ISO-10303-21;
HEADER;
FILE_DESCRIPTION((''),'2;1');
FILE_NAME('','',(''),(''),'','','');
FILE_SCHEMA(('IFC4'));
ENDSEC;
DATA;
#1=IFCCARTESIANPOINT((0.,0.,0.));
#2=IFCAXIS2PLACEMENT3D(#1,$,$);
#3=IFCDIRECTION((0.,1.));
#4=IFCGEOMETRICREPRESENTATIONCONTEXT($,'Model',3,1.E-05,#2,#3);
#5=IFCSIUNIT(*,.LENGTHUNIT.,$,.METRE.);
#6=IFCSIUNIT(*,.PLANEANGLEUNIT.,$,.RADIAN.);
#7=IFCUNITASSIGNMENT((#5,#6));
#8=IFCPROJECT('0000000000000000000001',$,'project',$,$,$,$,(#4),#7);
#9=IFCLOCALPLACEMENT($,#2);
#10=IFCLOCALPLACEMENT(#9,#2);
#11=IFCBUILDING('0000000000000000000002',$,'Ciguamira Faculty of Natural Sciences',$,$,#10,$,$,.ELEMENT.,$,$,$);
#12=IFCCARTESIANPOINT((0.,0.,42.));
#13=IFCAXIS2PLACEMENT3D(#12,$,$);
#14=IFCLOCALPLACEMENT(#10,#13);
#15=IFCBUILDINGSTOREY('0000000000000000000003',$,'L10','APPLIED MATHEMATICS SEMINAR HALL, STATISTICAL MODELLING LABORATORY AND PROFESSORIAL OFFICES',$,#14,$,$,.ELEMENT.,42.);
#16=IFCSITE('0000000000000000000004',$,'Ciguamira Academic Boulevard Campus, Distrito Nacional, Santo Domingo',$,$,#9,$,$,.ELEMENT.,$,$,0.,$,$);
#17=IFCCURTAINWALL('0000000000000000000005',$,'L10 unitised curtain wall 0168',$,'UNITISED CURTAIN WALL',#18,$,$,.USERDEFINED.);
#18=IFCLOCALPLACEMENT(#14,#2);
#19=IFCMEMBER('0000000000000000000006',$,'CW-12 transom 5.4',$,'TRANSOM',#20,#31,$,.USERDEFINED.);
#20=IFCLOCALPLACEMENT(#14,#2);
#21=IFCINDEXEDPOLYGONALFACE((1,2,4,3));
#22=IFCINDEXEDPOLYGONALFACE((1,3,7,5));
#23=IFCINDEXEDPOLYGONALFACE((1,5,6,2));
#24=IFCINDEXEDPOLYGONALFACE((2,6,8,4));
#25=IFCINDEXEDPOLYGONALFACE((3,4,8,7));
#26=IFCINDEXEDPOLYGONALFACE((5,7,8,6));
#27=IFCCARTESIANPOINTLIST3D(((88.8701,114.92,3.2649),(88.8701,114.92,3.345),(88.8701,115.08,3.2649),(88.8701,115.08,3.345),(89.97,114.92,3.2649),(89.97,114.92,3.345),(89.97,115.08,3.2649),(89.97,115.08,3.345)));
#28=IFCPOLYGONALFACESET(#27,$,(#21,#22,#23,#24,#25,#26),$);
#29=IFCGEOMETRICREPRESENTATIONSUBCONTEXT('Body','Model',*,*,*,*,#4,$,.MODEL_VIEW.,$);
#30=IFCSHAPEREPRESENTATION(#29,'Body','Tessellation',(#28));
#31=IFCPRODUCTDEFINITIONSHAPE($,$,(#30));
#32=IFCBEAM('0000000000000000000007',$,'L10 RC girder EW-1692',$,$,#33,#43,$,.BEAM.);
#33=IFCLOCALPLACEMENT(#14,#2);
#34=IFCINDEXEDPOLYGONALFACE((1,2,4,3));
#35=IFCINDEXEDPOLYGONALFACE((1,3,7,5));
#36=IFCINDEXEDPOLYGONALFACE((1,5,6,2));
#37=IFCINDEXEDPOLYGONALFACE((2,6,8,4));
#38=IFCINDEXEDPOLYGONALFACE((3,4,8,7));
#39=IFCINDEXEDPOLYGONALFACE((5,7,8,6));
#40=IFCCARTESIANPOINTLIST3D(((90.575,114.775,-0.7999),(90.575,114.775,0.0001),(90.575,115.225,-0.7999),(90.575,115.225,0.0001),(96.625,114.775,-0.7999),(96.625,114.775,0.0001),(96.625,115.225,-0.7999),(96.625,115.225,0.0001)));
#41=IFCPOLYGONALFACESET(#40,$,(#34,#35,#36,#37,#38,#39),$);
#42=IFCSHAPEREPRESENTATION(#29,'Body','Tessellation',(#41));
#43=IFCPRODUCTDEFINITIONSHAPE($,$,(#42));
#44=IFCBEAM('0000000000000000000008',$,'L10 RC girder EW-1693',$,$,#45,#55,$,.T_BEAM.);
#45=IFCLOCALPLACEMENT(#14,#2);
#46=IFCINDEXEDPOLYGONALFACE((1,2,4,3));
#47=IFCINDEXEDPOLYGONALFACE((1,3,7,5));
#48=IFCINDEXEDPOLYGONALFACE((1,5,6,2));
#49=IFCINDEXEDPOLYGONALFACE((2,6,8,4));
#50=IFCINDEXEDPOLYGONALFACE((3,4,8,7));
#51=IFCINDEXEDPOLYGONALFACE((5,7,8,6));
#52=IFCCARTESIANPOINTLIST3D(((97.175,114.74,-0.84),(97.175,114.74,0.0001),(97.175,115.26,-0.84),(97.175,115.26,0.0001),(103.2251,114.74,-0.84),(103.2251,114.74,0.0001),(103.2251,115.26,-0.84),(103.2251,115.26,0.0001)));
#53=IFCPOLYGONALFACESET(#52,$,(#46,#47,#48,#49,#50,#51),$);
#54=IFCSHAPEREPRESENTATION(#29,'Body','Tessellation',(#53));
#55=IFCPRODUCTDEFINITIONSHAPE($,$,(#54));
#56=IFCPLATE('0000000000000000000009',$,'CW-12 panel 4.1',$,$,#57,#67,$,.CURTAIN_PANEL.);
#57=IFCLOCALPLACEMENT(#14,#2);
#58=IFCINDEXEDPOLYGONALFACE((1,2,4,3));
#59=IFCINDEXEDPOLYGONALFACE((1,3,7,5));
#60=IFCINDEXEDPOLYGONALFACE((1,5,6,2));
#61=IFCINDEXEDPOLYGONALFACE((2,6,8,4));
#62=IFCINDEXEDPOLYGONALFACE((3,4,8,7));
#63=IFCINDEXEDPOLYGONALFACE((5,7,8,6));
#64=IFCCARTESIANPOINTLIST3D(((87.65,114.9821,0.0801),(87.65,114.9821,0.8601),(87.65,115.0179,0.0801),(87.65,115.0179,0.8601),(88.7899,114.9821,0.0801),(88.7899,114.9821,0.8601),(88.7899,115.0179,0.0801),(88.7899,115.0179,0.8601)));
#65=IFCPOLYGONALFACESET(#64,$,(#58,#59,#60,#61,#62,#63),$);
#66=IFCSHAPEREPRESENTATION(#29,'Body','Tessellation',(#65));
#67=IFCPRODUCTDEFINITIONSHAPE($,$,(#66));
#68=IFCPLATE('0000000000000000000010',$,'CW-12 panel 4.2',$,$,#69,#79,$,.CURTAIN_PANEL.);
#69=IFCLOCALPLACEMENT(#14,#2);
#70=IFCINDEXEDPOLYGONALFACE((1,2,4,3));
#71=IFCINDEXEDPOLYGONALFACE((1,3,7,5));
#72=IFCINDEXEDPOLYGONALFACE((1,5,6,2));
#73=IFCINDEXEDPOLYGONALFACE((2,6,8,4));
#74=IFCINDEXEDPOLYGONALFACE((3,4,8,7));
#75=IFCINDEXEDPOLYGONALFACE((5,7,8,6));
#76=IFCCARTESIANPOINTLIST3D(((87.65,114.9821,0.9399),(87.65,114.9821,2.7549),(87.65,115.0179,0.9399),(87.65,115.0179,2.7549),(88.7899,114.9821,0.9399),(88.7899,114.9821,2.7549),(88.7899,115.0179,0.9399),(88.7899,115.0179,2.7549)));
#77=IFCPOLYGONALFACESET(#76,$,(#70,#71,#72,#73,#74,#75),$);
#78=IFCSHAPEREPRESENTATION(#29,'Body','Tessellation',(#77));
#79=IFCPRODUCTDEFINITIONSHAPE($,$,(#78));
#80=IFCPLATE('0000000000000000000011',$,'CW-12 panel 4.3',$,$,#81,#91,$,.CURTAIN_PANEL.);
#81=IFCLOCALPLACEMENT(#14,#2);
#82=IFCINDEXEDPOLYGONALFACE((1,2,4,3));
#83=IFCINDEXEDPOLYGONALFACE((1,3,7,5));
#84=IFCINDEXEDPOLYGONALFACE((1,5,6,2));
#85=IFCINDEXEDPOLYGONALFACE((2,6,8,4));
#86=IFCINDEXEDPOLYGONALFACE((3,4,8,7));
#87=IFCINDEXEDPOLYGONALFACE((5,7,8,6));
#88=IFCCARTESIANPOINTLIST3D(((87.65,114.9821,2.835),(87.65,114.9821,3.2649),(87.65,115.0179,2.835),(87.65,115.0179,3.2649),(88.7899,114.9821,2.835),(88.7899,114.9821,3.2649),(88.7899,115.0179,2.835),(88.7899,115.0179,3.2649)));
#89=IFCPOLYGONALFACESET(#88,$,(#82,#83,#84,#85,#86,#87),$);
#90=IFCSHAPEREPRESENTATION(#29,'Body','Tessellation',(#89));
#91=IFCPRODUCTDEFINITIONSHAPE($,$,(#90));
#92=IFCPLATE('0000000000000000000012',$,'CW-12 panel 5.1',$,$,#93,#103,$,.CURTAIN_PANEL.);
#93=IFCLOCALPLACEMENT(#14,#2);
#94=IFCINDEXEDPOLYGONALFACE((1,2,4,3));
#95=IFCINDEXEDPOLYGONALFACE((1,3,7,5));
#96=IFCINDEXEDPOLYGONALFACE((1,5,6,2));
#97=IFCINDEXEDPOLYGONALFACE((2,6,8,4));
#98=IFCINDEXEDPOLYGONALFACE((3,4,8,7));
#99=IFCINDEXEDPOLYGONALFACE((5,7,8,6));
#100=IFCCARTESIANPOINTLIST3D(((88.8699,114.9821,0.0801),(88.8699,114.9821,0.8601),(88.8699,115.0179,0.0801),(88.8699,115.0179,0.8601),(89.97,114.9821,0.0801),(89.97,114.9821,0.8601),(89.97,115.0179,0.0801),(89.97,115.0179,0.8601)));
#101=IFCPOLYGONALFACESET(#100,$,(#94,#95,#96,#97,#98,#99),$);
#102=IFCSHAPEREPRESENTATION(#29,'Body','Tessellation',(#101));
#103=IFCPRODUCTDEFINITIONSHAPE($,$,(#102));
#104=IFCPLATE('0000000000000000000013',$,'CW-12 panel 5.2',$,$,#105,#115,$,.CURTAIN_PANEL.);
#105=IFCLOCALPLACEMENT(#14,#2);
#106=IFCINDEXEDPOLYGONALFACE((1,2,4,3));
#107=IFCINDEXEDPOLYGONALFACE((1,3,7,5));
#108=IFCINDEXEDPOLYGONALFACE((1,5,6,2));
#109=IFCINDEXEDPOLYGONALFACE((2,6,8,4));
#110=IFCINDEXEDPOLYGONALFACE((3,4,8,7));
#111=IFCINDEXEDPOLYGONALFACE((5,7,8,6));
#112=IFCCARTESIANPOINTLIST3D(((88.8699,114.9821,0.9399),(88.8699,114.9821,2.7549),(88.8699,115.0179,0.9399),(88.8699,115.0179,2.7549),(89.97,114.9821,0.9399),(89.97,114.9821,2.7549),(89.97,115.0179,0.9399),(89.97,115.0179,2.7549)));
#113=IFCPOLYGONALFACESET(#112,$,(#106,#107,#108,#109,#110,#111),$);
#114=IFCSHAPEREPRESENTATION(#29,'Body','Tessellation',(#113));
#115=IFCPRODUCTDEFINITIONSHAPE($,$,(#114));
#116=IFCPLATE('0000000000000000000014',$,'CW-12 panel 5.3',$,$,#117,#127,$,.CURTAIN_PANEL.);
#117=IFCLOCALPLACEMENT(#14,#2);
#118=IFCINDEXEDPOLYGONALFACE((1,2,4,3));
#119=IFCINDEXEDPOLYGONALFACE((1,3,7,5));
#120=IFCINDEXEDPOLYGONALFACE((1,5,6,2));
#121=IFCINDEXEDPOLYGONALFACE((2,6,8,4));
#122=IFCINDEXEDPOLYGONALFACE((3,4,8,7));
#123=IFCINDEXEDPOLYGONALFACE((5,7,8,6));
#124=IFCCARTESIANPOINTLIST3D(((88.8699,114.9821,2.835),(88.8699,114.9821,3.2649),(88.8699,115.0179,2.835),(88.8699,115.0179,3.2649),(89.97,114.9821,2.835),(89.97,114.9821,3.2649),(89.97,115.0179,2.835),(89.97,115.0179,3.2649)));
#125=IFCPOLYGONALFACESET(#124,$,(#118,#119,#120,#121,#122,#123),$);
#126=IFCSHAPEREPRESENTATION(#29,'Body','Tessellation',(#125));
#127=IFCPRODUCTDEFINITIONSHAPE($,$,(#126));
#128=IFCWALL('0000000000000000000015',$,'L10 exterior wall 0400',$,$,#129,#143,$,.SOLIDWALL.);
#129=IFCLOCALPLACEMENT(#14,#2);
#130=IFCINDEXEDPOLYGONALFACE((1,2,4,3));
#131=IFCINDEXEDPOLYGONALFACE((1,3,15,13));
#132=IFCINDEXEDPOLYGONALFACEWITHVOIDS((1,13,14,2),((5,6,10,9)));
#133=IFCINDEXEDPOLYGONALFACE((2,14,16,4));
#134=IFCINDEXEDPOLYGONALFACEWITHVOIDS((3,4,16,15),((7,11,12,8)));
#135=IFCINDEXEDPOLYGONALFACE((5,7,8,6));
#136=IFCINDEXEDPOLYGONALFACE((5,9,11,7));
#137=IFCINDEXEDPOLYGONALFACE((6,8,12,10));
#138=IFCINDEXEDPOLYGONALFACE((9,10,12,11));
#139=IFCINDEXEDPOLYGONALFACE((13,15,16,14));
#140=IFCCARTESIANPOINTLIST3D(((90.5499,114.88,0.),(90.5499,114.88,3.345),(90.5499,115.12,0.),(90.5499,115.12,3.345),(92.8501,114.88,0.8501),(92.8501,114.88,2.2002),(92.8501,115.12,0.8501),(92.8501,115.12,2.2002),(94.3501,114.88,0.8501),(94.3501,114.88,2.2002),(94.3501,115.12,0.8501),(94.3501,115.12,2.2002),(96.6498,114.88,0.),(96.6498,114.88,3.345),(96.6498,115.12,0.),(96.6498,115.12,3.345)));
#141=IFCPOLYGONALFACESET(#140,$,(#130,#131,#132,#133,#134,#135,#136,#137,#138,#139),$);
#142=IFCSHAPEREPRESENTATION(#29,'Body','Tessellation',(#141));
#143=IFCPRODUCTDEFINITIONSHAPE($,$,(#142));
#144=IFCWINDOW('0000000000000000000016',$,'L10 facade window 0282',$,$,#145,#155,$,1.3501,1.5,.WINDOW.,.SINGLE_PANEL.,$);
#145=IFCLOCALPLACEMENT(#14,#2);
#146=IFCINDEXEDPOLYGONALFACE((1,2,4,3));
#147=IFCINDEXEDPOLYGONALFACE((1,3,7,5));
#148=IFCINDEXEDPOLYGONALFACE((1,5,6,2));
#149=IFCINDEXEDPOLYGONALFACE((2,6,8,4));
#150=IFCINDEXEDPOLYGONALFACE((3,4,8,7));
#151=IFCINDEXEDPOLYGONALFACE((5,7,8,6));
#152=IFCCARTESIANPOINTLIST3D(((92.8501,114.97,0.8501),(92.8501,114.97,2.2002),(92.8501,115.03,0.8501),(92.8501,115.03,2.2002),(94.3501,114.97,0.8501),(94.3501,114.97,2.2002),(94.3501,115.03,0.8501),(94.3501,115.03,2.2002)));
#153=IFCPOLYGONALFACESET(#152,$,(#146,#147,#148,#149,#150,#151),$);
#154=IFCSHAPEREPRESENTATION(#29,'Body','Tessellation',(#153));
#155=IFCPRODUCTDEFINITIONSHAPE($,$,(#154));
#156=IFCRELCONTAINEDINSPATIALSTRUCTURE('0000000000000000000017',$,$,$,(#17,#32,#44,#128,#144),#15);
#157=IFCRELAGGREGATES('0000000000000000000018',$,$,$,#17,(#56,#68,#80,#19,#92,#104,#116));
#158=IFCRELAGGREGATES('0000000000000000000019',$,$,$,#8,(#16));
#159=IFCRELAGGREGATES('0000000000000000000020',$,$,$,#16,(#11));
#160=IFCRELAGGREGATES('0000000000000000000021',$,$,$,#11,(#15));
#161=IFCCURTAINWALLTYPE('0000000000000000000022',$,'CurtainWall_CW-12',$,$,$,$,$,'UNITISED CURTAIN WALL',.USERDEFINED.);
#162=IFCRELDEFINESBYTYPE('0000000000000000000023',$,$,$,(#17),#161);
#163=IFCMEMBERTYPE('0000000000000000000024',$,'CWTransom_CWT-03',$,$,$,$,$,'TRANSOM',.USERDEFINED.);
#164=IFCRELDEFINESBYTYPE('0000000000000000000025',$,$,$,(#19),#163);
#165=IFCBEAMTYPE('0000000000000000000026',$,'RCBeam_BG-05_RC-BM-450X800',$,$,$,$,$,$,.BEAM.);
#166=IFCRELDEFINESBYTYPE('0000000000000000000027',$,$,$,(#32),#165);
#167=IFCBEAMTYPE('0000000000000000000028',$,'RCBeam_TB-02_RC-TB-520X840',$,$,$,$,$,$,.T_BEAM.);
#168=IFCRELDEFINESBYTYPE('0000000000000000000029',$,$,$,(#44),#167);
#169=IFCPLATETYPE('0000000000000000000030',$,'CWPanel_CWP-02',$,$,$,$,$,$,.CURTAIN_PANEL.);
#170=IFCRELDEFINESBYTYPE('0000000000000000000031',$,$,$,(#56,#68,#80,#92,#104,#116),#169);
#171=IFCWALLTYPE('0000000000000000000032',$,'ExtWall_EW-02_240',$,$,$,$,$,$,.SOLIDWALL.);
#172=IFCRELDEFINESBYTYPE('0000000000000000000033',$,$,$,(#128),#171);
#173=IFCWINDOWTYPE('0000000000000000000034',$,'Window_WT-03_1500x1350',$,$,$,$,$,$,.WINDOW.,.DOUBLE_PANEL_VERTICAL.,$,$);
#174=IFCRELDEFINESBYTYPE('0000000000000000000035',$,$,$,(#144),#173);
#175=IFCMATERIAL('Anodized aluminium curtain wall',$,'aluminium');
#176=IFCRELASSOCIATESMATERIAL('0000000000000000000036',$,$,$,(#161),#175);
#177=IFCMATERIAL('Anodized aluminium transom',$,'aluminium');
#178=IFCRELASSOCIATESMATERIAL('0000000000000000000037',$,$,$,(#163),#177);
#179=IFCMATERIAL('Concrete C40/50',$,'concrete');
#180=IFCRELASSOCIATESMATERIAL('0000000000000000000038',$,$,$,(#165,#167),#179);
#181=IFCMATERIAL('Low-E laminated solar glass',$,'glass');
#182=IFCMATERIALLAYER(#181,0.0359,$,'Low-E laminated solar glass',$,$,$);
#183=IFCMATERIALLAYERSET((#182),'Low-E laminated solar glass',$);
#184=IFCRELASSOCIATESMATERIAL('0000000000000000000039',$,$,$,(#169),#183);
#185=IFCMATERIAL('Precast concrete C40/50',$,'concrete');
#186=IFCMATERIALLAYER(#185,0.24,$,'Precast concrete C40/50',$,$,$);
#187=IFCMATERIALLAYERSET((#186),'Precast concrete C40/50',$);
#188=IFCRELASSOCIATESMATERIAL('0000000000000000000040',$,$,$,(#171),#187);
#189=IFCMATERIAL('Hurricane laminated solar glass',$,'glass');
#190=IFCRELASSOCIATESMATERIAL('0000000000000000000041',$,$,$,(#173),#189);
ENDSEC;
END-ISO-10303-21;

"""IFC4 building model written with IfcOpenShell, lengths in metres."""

from ifc_helpers import new_model, si_unit, direction, frame, frame_2d, origin, origin_2d, place, context, subcontext, project, spatial, rectangle, extrude, material, layer, layer_set, material_profile, profile_set, type_object, element, fill, aggregate, save


model = new_model("IFC4")

# Units and contexts
model_context = context("Model", 3, precision=1e-05, world=origin(), true_north=direction((0.0, 1.0)))
body_context = subcontext(model_context, "Body", "Model", "MODEL_VIEW")
ifc_project = project(units=[si_unit("LENGTHUNIT", "METRE"), si_unit("PLANEANGLEUNIT", "RADIAN")], contexts=[model_context])

# Site, building, storey
site_placement = place(None, origin())
site = spatial("IfcSite", under=ifc_project, at=site_placement, Name="Ciguamira Academic Boulevard Campus, Distrito Nacional, Santo Domingo", CompositionType="ELEMENT", RefElevation=0.0)
building_placement = place(site_placement, origin())
building = spatial("IfcBuilding", under=site, at=building_placement, Name="Ciguamira Faculty of Natural Sciences", CompositionType="ELEMENT")
storey_placement = place(building_placement, frame((0.0, 0.0, 42.0)))
storey = spatial("IfcBuildingStorey", under=building, at=storey_placement, Name="L10", Description="APPLIED MATHEMATICS SEMINAR HALL, STATISTICAL MODELLING LABORATORY AND PROFESSORIAL OFFICES", CompositionType="ELEMENT", Elevation=42.0)

# Shared definitions
ifc_material_1 = material(Name="Concrete C40/50", Category="concrete")

# Shared definitions
ifc_material_2 = material(Name="Anodized aluminium curtain wall", Category="aluminium")

# Curtain wall
curtain_wall_type_1 = type_object("IfcCurtainWallType", Name="CurtainWall_CW-12", ElementType="UNITISED CURTAIN WALL", PredefinedType="USERDEFINED", material=ifc_material_2)
curtain_wall_1_placement = place(storey_placement, origin())
curtain_wall_1 = element("IfcCurtainWall", 1, at=curtain_wall_1_placement, inside=storey, type_object=curtain_wall_type_1, Name="L10 unitised curtain wall 0168", ObjectType="UNITISED CURTAIN WALL", PredefinedType="USERDEFINED")

# Member
ifc_material_3 = material(Name="Anodized aluminium transom", Category="aluminium")
ifc_material_profile_1 = material_profile(ifc_material_3, rectangle(XDim=0.0801, YDim=0.1599, at=origin_2d()), Name="ALU-TRN-80X160")
ifc_profile_set_1 = profile_set([ifc_material_profile_1], Name="Anodized aluminium transom")
member_type_1 = type_object("IfcMemberType", Name="CWTransom_CWT-03", ElementType="TRANSOM", PredefinedType="USERDEFINED", material=ifc_profile_set_1)
member_1_placement = place(storey_placement, frame((88.8701, 115.0, 3.3049), z_axis=(1.0, 0.0, 0.0), x_axis=(0.0, 0.0, 1.0)))
member_1 = element("IfcMember", 2, at=member_1_placement, type_object=member_type_1, Name="CW-12 transom 5.4", ObjectType="TRANSOM", PredefinedType="USERDEFINED", context=body_context, shape_type="SweptSolid", body=[
    extrude(rectangle(XDim=0.0801, YDim=0.1599, at=origin_2d()), origin(), (0.0, 0.0, 1.0), 1.0999),
])

# Beams
ifc_material_profile_2 = material_profile(ifc_material_1, rectangle(XDim=0.45, YDim=0.8, at=origin_2d()), Name="RC-BM-450X800")
ifc_profile_set_2 = profile_set([ifc_material_profile_2], Name="Concrete C40/50")
beam_type_1 = type_object("IfcBeamType", Name="RCBeam_BG-05_RC-BM-450X800", PredefinedType="BEAM", material=ifc_profile_set_2)
beam_1_placement = place(storey_placement, frame((90.575, 115.0, -0.3999), z_axis=(1.0, 0.0, 0.0), x_axis=(0.0, 1.0, 0.0)))
element("IfcBeam", 3, at=beam_1_placement, inside=storey, type_object=beam_type_1, Name="L10 RC girder EW-1692", PredefinedType="BEAM", context=body_context, shape_type="SweptSolid", body=[
    extrude(rectangle(XDim=0.45, YDim=0.8, at=origin_2d()), origin(), (0.0, 0.0, 1.0), 6.05),
])
ifc_material_profile_3 = material_profile(ifc_material_1, rectangle(XDim=0.52, YDim=0.8401, at=origin_2d()), Name="RC-TB-520X840")
ifc_profile_set_3 = profile_set([ifc_material_profile_3], Name="Concrete C40/50")
beam_type_2 = type_object("IfcBeamType", Name="RCBeam_TB-02_RC-TB-520X840", PredefinedType="T_BEAM", material=ifc_profile_set_3)
beam_2_placement = place(storey_placement, frame((97.175, 115.0, -0.4199), z_axis=(1.0, 0.0, 0.0), x_axis=(0.0, 1.0, 0.0)))
element("IfcBeam", 4, at=beam_2_placement, inside=storey, type_object=beam_type_2, Name="L10 RC girder EW-1693", PredefinedType="T_BEAM", context=body_context, shape_type="SweptSolid", body=[
    extrude(rectangle(XDim=0.52, YDim=0.8401, at=origin_2d()), origin(), (0.0, 0.0, 1.0), 6.05),
])

# Plates
ifc_material_4 = material(Name="Low-E laminated solar glass", Category="glass")
ifc_layer_1 = layer(ifc_material_4, 0.0359, Name="Low-E laminated solar glass")
ifc_layer_set_1 = layer_set([ifc_layer_1], Name="Low-E laminated solar glass")
plate_type = type_object("IfcPlateType", Name="CWPanel_CWP-02", PredefinedType="CURTAIN_PANEL", material=ifc_layer_set_1)
plate_1_placement = place(storey_placement, frame((88.22, 115.0, 0.0801), z_axis=(0.0, 0.0, 1.0), x_axis=(1.0, 0.0, 0.0)))
plate_1 = element("IfcPlate", 5, at=plate_1_placement, type_object=plate_type, Name="CW-12 panel 4.1", PredefinedType="CURTAIN_PANEL", context=body_context, shape_type="SweptSolid", body=[
    extrude(rectangle(XDim=1.1399, YDim=0.0359, at=origin_2d()), origin(), (0.0, 0.0, 1.0), 0.78),
])
plate_2_placement = place(storey_placement, frame((88.22, 115.0, 0.9399), z_axis=(0.0, 0.0, 1.0), x_axis=(1.0, 0.0, 0.0)))
plate_2 = element("IfcPlate", 6, at=plate_2_placement, type_object=plate_type, Name="CW-12 panel 4.2", PredefinedType="CURTAIN_PANEL", context=body_context, shape_type="SweptSolid", body=[
    extrude(rectangle(XDim=1.1399, YDim=0.0359, at=origin_2d()), origin(), (0.0, 0.0, 1.0), 1.8149),
])
plate_3_placement = place(storey_placement, frame((88.22, 115.0, 2.835), z_axis=(0.0, 0.0, 1.0), x_axis=(1.0, 0.0, 0.0)))
plate_3 = element("IfcPlate", 7, at=plate_3_placement, type_object=plate_type, Name="CW-12 panel 4.3", PredefinedType="CURTAIN_PANEL", context=body_context, shape_type="SweptSolid", body=[
    extrude(rectangle(XDim=1.1399, YDim=0.0359, at=origin_2d()), origin(), (0.0, 0.0, 1.0), 0.4299),
])
plate_4_placement = place(storey_placement, frame((89.4199, 115.0, 0.0801), z_axis=(0.0, 0.0, 1.0), x_axis=(1.0, 0.0, 0.0)))
plate_4 = element("IfcPlate", 8, at=plate_4_placement, type_object=plate_type, Name="CW-12 panel 5.1", PredefinedType="CURTAIN_PANEL", context=body_context, shape_type="SweptSolid", body=[
    extrude(rectangle(XDim=1.1001, YDim=0.0359, at=origin_2d()), origin(), (0.0, 0.0, 1.0), 0.78),
])
plate_5_placement = place(storey_placement, frame((89.4199, 115.0, 0.9399), z_axis=(0.0, 0.0, 1.0), x_axis=(1.0, 0.0, 0.0)))
plate_5 = element("IfcPlate", 9, at=plate_5_placement, type_object=plate_type, Name="CW-12 panel 5.2", PredefinedType="CURTAIN_PANEL", context=body_context, shape_type="SweptSolid", body=[
    extrude(rectangle(XDim=1.1001, YDim=0.0359, at=origin_2d()), origin(), (0.0, 0.0, 1.0), 1.8149),
])
plate_6_placement = place(storey_placement, frame((89.4199, 115.0, 2.835), z_axis=(0.0, 0.0, 1.0), x_axis=(1.0, 0.0, 0.0)))
plate_6 = element("IfcPlate", 10, at=plate_6_placement, type_object=plate_type, Name="CW-12 panel 5.3", PredefinedType="CURTAIN_PANEL", context=body_context, shape_type="SweptSolid", body=[
    extrude(rectangle(XDim=1.1001, YDim=0.0359, at=origin_2d()), origin(), (0.0, 0.0, 1.0), 0.4299),
])
aggregate(curtain_wall_1, [plate_1, plate_2, plate_3, member_1, plate_4, plate_5, plate_6])

# Wall, opening, window
ifc_material_5 = material(Name="Precast concrete C40/50", Category="concrete")
ifc_layer_2 = layer(ifc_material_5, 0.24, Name="Precast concrete C40/50")
ifc_layer_set_2 = layer_set([ifc_layer_2], Name="Precast concrete C40/50")
wall_type = type_object("IfcWallType", Name="ExtWall_EW-02_240", PredefinedType="SOLIDWALL", material=ifc_layer_set_2)
wall_placement = place(storey_placement, frame((90.55, 115.0, 0.0), z_axis=(0.0, 0.0, 1.0), x_axis=(1.0, 0.0, 0.0)))
wall = element("IfcWall", 11, at=wall_placement, inside=storey, type_object=wall_type, Name="L10 exterior wall 0400", PredefinedType="SOLIDWALL", context=body_context, shape_type="SweptSolid", body=[
    extrude(rectangle(XDim=6.0999, YDim=0.24, at=frame_2d((3.0498, 0.0))), origin(), (0.0, 0.0, 1.0), 3.345),
])
opening_placement = place(wall_placement, frame((2.3, 0.0, 0.8501)))
opening = element("IfcOpeningElement", 12, at=opening_placement, cuts=wall, PredefinedType="OPENING", context=body_context, shape_type="SweptSolid", body=[
    extrude(rectangle(XDim=1.5, YDim=1.3501, at=frame_2d((0.75, 0.675))), frame((0.0, 0.1299, 0.0), z_axis=(0.0, -1.0, 0.0), x_axis=(1.0, 0.0, 0.0)), (0.0, 0.0, 1.0), 0.26),
])
ifc_material_6 = material(Name="Hurricane laminated solar glass", Category="glass")
window_type = type_object("IfcWindowType", Name="Window_WT-03_1500x1350", PartitioningType="DOUBLE_PANEL_VERTICAL", PredefinedType="WINDOW", material=ifc_material_6)
window_placement = place(opening_placement, origin())
window = element("IfcWindow", 13, at=window_placement, inside=storey, type_object=window_type, Name="L10 facade window 0282", OverallHeight=1.3501, OverallWidth=1.5, PartitioningType="SINGLE_PANEL", PredefinedType="WINDOW", context=body_context, shape_type="SweptSolid", body=[
    extrude(rectangle(XDim=1.5, YDim=1.3501, at=frame_2d((0.75, 0.675))), frame((0.0, 0.03, 0.0), z_axis=(0.0, -1.0, 0.0), x_axis=(1.0, 0.0, 0.0)), (0.0, 0.0, 1.0), 0.0601),
])
fill(opening, window)

save(model, "model.ifc")
